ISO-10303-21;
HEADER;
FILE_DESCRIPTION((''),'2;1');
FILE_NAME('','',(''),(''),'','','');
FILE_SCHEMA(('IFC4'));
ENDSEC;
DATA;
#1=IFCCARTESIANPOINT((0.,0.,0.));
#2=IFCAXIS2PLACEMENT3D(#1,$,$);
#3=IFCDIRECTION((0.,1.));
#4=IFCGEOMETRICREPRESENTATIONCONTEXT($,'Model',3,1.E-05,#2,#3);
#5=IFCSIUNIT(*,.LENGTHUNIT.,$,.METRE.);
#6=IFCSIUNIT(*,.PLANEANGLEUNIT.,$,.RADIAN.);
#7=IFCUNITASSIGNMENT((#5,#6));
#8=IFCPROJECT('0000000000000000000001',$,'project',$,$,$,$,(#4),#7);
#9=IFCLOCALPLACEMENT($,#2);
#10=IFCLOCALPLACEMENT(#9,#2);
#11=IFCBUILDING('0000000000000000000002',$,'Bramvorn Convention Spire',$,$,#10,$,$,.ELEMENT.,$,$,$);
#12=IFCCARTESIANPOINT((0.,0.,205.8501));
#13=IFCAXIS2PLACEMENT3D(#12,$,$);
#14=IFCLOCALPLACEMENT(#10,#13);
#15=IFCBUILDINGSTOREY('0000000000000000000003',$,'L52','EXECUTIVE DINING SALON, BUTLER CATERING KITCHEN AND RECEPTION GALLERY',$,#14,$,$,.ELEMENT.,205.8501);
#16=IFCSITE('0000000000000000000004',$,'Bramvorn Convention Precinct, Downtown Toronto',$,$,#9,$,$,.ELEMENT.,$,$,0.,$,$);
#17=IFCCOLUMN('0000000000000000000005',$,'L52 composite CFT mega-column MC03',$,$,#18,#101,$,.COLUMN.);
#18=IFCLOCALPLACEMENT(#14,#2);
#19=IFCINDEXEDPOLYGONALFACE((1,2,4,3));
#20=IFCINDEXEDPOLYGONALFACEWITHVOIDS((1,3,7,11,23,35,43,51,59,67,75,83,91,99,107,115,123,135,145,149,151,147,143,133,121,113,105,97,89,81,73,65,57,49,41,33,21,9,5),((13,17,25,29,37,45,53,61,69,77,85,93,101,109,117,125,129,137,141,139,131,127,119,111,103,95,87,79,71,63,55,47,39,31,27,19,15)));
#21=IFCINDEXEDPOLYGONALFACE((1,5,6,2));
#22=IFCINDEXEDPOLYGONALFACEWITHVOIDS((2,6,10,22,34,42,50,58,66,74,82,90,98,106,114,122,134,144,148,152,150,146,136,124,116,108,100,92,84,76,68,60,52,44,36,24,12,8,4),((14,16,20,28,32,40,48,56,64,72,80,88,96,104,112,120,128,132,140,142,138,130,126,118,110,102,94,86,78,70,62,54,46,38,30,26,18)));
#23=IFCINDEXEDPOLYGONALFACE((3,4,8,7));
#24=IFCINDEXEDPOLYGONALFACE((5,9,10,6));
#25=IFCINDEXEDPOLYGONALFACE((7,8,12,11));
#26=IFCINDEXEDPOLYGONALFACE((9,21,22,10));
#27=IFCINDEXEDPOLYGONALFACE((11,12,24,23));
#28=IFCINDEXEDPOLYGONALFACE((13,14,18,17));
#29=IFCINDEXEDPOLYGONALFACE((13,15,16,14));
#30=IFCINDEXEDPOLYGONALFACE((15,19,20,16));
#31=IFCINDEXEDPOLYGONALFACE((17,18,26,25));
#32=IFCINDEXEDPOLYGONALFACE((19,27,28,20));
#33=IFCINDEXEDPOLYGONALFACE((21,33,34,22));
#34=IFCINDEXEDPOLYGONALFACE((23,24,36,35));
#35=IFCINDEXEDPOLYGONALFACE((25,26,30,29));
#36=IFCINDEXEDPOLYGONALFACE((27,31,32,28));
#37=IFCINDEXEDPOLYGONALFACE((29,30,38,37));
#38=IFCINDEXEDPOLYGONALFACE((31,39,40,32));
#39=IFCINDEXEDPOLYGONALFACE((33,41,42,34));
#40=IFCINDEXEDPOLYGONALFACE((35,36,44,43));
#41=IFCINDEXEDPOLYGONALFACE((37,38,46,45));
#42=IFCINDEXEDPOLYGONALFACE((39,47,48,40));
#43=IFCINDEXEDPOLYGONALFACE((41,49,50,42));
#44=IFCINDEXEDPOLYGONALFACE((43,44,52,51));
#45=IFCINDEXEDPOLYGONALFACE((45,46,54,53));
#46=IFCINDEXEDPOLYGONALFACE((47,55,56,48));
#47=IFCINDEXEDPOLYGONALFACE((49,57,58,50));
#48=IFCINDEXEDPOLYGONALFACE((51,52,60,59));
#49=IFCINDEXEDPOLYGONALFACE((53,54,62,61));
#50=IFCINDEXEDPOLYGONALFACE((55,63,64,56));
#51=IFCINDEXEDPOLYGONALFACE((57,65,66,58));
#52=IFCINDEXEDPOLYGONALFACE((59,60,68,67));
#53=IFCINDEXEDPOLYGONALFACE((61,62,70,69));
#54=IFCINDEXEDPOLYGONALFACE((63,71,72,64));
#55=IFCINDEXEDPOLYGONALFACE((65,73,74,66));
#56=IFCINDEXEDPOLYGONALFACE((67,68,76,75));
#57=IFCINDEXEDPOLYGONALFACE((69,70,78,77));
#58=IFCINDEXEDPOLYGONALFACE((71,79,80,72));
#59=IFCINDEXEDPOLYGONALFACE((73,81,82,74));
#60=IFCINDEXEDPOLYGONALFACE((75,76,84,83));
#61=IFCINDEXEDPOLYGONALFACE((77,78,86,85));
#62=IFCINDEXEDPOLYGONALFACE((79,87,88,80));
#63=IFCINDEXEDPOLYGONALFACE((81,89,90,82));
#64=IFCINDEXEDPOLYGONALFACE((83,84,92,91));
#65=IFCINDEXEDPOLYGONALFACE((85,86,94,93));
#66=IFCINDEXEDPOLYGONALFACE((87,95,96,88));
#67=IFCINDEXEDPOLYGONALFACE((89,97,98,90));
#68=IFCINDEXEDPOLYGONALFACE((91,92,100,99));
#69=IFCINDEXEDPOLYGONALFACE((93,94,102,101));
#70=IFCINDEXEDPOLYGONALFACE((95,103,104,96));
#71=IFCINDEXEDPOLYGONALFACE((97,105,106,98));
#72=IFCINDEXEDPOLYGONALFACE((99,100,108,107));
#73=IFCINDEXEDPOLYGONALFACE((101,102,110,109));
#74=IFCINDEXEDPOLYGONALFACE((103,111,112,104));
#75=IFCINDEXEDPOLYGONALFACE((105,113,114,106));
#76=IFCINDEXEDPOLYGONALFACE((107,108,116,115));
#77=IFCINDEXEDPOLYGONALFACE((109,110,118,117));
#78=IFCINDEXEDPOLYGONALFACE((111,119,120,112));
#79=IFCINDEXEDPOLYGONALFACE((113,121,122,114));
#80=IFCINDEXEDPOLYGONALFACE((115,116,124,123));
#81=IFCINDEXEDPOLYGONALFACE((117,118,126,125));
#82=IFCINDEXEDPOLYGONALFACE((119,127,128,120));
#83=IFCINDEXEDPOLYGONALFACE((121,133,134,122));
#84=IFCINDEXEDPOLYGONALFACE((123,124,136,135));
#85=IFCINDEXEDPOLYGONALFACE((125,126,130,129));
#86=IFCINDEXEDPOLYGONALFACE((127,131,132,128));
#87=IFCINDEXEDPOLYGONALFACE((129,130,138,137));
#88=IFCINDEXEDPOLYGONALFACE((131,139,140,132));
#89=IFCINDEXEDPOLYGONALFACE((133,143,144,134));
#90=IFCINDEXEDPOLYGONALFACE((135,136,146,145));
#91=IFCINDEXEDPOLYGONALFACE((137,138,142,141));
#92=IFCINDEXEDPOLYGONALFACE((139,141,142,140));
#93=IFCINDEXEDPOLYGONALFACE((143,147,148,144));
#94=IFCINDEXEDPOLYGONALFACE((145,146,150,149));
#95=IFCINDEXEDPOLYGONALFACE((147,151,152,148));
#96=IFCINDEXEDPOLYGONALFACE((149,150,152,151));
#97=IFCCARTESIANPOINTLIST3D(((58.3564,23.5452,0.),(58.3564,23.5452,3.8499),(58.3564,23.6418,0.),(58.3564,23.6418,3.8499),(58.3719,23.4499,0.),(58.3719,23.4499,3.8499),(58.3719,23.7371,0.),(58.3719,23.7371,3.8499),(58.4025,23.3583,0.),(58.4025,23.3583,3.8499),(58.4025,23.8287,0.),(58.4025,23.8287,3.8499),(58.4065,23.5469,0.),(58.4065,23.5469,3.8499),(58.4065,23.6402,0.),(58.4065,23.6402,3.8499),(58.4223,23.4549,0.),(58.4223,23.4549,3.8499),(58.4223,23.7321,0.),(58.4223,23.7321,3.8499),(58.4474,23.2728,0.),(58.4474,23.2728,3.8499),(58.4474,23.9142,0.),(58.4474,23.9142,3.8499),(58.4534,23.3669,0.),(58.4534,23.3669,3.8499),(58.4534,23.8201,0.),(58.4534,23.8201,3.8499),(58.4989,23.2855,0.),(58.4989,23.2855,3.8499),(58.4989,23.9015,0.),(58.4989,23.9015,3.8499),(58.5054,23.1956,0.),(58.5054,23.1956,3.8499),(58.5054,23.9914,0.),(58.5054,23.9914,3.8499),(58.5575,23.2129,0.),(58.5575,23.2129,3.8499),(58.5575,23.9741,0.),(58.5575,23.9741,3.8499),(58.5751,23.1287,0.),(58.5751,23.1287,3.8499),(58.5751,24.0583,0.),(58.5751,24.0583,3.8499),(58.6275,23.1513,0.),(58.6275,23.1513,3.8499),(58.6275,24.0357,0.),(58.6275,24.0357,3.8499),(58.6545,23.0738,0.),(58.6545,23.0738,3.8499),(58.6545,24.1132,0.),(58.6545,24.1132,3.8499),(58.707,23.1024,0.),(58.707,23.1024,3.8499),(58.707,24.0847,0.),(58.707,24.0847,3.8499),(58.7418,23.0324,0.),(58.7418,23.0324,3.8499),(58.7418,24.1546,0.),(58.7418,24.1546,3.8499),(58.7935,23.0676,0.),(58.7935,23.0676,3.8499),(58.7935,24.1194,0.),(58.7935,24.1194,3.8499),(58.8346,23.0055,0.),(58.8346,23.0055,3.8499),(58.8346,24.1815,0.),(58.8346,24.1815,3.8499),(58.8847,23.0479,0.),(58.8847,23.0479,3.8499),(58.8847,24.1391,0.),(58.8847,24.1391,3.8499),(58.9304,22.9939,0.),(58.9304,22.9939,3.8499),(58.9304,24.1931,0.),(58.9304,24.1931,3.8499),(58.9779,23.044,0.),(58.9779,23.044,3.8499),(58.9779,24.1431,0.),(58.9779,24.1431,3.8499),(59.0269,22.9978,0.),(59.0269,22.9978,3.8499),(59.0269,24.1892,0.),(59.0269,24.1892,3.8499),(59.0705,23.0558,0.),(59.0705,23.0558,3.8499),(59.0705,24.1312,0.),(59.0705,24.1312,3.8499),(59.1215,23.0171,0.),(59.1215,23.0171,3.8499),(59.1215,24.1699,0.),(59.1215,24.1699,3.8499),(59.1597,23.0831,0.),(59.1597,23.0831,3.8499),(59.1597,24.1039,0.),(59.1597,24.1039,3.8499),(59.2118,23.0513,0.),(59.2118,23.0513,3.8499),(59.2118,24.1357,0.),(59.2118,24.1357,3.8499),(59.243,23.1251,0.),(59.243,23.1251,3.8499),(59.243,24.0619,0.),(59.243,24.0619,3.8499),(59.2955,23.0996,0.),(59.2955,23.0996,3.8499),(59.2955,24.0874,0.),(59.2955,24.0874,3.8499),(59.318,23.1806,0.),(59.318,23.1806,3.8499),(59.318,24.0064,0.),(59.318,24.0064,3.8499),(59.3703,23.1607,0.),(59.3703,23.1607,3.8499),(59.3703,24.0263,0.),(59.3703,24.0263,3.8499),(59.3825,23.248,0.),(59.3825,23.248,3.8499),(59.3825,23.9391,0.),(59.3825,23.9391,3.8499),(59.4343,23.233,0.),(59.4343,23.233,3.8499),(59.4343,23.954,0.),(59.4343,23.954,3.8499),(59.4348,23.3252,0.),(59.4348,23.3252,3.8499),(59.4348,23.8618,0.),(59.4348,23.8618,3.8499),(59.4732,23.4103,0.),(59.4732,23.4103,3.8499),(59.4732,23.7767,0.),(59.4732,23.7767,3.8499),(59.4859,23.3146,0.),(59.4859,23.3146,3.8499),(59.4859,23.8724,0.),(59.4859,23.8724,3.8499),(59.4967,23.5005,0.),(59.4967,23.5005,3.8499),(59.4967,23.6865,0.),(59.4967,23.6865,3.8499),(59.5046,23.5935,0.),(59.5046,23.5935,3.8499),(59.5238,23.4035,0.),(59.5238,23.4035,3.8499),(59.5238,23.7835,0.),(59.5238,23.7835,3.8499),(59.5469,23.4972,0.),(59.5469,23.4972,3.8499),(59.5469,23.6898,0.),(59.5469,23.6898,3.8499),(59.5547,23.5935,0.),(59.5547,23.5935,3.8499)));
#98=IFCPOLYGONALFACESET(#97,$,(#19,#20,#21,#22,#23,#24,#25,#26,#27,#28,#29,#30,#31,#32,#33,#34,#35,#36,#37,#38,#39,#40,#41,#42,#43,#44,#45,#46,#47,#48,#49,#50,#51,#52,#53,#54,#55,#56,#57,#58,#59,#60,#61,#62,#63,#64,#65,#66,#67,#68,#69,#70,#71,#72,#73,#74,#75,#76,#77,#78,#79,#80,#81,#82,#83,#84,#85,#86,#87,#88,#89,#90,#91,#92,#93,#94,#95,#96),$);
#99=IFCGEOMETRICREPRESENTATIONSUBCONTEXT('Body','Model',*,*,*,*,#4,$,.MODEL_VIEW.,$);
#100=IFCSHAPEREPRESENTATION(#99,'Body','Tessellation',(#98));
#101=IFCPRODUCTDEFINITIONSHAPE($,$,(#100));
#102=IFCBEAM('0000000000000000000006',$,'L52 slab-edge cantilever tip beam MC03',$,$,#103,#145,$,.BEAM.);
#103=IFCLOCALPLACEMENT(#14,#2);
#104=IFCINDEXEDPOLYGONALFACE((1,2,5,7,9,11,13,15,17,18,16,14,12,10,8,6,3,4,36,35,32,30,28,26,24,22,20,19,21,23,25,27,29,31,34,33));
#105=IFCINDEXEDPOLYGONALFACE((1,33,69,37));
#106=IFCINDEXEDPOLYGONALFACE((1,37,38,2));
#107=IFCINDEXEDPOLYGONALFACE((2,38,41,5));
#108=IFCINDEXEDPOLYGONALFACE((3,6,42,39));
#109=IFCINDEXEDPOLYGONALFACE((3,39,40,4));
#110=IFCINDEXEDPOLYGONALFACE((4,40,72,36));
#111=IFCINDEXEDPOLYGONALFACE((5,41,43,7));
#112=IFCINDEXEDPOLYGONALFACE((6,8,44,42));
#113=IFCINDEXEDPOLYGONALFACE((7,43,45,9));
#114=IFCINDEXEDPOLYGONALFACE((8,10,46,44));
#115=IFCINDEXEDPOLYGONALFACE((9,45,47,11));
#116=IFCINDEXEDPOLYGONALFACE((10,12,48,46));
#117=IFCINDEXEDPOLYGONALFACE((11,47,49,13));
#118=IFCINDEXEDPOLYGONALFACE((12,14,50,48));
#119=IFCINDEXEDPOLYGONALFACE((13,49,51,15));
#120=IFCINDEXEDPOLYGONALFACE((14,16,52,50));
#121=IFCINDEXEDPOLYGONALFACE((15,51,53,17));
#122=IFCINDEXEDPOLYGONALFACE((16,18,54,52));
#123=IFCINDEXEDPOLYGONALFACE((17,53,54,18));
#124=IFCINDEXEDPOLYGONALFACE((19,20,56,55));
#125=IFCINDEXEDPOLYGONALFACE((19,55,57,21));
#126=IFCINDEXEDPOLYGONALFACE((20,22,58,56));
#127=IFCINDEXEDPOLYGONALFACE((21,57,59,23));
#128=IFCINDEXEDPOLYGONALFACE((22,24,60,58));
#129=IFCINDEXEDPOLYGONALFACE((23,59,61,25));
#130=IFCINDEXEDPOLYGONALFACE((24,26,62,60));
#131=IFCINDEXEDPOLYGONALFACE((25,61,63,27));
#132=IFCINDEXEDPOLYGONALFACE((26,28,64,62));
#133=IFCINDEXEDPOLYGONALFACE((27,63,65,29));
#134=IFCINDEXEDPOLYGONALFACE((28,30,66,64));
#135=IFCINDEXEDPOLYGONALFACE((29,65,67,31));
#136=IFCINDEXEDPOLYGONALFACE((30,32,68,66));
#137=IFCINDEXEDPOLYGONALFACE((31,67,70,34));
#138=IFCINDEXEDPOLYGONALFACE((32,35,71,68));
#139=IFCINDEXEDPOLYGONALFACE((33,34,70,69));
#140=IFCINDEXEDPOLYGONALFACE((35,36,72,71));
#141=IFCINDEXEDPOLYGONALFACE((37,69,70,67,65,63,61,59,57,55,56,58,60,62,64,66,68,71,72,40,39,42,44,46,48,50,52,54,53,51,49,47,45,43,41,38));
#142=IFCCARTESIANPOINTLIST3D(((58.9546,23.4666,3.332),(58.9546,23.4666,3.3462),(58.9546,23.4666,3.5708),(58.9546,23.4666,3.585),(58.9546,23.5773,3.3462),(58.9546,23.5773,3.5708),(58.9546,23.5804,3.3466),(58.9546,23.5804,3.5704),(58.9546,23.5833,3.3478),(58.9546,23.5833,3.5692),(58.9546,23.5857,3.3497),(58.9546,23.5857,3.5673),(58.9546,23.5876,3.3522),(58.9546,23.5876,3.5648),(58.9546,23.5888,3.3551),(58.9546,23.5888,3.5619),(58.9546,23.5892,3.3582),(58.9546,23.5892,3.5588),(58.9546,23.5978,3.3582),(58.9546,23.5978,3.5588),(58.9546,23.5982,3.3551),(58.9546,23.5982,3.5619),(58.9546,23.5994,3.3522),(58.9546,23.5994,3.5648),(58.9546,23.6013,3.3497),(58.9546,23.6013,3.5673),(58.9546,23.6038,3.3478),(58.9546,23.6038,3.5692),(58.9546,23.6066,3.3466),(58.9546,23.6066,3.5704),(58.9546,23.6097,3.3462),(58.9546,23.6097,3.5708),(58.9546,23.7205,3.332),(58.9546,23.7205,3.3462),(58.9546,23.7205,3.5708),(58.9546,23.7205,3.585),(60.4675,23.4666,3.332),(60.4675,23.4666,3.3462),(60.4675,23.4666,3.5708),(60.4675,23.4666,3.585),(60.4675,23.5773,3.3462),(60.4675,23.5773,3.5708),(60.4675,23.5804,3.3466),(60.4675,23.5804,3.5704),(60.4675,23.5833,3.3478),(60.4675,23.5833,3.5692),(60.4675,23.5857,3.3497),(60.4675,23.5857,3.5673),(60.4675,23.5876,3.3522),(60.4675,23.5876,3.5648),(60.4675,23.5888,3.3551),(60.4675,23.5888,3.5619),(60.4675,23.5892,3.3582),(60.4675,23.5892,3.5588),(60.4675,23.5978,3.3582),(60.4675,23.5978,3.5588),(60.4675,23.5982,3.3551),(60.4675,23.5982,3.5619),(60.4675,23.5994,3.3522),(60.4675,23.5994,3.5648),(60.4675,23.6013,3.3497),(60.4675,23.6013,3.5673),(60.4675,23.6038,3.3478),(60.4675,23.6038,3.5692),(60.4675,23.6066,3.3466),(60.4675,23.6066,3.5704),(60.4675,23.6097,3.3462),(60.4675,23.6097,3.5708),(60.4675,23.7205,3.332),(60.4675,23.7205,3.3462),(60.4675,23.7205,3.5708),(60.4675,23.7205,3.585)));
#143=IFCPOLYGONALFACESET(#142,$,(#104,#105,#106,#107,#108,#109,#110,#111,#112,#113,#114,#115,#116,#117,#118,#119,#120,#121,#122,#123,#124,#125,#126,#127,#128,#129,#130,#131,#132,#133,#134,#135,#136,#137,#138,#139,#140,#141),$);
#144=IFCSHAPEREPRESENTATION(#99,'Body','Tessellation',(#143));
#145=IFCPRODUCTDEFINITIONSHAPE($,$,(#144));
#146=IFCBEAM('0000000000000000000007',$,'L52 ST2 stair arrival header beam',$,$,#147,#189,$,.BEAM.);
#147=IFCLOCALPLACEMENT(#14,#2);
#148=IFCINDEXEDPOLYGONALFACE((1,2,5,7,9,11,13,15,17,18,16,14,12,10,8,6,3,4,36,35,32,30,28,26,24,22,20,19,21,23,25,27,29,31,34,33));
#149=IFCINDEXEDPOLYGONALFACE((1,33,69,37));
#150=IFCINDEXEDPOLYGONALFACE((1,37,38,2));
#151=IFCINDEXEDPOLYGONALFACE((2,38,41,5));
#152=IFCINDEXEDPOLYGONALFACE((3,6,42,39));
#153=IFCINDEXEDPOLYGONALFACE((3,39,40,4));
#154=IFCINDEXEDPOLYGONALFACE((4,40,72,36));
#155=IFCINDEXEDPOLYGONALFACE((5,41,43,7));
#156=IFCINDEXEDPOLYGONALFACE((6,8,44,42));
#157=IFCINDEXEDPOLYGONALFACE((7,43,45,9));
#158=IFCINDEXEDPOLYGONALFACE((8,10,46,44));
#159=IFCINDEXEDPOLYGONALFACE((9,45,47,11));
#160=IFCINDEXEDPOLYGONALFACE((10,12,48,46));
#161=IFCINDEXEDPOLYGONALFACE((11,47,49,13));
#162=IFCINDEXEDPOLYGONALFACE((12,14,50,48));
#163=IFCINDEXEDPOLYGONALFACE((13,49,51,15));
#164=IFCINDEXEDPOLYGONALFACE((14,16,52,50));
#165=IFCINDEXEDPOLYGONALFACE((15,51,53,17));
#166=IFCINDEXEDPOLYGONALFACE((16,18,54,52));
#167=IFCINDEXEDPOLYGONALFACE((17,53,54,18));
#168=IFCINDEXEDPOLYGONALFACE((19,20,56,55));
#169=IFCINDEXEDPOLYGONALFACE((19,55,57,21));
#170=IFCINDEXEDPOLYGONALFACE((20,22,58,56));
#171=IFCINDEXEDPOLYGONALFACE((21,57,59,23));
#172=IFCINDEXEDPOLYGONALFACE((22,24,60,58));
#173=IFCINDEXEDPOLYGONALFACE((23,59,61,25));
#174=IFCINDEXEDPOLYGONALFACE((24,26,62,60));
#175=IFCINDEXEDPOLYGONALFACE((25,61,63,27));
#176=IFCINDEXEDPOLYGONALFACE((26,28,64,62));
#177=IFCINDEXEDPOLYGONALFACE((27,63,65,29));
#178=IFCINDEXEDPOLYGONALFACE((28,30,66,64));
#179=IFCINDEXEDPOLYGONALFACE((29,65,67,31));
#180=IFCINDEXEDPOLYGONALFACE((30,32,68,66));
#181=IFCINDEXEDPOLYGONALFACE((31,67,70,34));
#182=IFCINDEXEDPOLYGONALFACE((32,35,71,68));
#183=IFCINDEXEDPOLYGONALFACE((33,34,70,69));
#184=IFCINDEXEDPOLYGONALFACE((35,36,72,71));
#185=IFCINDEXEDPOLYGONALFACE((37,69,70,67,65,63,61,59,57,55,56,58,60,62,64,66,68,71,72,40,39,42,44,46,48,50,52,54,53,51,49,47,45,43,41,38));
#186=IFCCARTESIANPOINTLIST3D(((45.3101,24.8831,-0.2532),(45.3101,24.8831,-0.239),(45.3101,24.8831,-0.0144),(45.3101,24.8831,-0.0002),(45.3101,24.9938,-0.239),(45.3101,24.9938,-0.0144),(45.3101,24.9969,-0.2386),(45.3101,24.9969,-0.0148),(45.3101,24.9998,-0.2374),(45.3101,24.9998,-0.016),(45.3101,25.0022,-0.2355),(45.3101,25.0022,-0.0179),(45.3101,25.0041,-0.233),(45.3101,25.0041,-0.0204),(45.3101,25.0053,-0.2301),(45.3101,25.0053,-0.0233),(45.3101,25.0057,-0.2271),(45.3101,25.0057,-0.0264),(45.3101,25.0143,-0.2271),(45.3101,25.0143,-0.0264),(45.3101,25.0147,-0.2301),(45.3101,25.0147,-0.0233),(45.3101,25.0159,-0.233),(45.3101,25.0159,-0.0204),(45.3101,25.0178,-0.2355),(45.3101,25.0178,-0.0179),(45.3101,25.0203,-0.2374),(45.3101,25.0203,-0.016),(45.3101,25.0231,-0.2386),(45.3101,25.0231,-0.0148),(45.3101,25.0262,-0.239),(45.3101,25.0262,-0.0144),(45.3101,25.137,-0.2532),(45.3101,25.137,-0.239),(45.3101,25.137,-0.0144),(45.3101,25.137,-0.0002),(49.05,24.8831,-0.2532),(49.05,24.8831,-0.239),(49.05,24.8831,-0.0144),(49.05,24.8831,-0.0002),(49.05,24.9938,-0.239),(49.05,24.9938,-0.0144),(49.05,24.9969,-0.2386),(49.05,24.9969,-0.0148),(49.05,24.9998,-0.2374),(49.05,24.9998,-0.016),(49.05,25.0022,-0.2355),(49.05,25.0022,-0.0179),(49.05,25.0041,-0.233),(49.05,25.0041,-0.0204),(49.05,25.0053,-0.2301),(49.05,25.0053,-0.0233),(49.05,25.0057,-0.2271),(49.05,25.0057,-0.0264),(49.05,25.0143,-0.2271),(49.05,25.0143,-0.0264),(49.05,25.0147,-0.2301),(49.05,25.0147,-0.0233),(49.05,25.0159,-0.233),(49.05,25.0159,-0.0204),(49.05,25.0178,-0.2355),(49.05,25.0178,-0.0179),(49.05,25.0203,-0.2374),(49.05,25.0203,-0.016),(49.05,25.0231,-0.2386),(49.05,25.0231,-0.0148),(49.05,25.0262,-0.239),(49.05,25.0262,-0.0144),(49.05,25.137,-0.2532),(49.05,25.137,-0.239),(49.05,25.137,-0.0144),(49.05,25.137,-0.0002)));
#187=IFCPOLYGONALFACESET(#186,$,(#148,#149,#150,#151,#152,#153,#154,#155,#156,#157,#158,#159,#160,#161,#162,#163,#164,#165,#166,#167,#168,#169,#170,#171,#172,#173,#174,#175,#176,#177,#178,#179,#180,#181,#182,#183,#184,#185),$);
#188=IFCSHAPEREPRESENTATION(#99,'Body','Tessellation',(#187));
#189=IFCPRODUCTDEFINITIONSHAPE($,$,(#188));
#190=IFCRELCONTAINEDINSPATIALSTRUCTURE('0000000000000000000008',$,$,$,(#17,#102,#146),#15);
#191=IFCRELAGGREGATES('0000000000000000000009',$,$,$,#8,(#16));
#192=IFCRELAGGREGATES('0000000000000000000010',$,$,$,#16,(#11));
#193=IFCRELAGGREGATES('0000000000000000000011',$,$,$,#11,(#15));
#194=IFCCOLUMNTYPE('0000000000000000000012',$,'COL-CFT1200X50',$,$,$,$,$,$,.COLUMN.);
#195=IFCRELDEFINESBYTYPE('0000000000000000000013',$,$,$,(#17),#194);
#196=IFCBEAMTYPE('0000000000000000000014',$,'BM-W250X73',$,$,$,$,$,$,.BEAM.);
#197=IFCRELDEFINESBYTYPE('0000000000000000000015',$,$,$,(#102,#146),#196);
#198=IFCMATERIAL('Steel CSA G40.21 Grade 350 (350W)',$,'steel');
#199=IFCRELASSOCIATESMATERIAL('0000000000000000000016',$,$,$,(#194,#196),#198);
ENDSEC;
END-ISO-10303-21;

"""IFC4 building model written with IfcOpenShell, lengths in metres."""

from ifc_helpers import new_model, si_unit, direction, frame, origin, origin_2d, place, context, subcontext, project, spatial, hollow_circle, i_section, extrude, material, material_profile, profile_set, type_object, element, save


model = new_model("IFC4")

# Units and contexts
model_context = context("Model", 3, precision=1e-05, world=origin(), true_north=direction((0.0, 1.0)))
body_context = subcontext(model_context, "Body", "Model", "MODEL_VIEW")
ifc_project = project(units=[si_unit("LENGTHUNIT", "METRE"), si_unit("PLANEANGLEUNIT", "RADIAN")], contexts=[model_context])

# Site, building, storey
site_placement = place(None, origin())
site = spatial("IfcSite", under=ifc_project, at=site_placement, Name="Bramvorn Convention Precinct, Downtown Toronto", CompositionType="ELEMENT", RefElevation=0.0)
building_placement = place(site_placement, origin())
building = spatial("IfcBuilding", under=site, at=building_placement, Name="Bramvorn Convention Spire", CompositionType="ELEMENT")
storey_placement = place(building_placement, frame((0.0, 0.0, 205.8501)))
storey = spatial("IfcBuildingStorey", under=building, at=storey_placement, Name="L52", Description="EXECUTIVE DINING SALON, BUTLER CATERING KITCHEN AND RECEPTION GALLERY", CompositionType="ELEMENT", Elevation=205.8501)

# Column
ifc_material_1 = material(Name="Steel CSA G40.21 Grade 350 (350W)", Category="steel")
ifc_material_profile_1 = material_profile(ifc_material_1, hollow_circle(Radius=0.6001, WallThickness=0.05, at=origin_2d()))
ifc_profile_set_1 = profile_set([ifc_material_profile_1], Name="Steel CSA G40.21 Grade 350 (350W) - CFT1200X50")
column_type = type_object("IfcColumnType", Name="COL-CFT1200X50", PredefinedType="COLUMN", material=ifc_profile_set_1)
column_placement = place(storey_placement, frame((58.9546, 23.5935, 0.0), z_axis=(0.0, 0.0, 1.0), x_axis=(1.0, 0.0, 0.0)))
element("IfcColumn", 1, at=column_placement, inside=storey, type_object=column_type, Name="L52 composite CFT mega-column MC03", PredefinedType="COLUMN", context=body_context, shape_type="SweptSolid", body=[
    extrude(hollow_circle(Radius=0.6001, WallThickness=0.05, at=origin_2d()), origin(), (0.0, 0.0, 1.0), 3.8499),
])

# Beams
ifc_material_profile_2 = material_profile(ifc_material_1, i_section(OverallWidth=0.2539, OverallDepth=0.2529, WebThickness=0.0085, FlangeThickness=0.0142, FilletRadius=0.012, at=origin_2d()))
ifc_profile_set_2 = profile_set([ifc_material_profile_2], Name="Steel CSA G40.21 Grade 350 (350W) - W250X73")
beam_type_1 = type_object("IfcBeamType", Name="BM-W250X73", PredefinedType="BEAM", material=ifc_profile_set_2)
beam_1_placement = place(storey_placement, frame((58.9546, 23.5935, 3.4585), z_axis=(1.0, 0.0, 0.0), x_axis=(0.0, 1.0, 0.0)))
element("IfcBeam", 2, at=beam_1_placement, inside=storey, type_object=beam_type_1, Name="L52 slab-edge cantilever tip beam MC03", PredefinedType="BEAM", context=body_context, shape_type="SweptSolid", body=[
    extrude(i_section(OverallWidth=0.2539, OverallDepth=0.2529, WebThickness=0.0085, FlangeThickness=0.0142, FilletRadius=0.012, at=origin_2d()), origin(), (0.0, 0.0, 1.0), 1.5129),
])
beam_2_placement = place(storey_placement, frame((45.3101, 25.01, -0.1267), z_axis=(1.0, 0.0, 0.0), x_axis=(0.0, 1.0, 0.0)))
element("IfcBeam", 3, at=beam_2_placement, inside=storey, type_object=beam_type_1, Name="L52 ST2 stair arrival header beam", PredefinedType="BEAM", context=body_context, shape_type="SweptSolid", body=[
    extrude(i_section(OverallWidth=0.2539, OverallDepth=0.2529, WebThickness=0.0085, FlangeThickness=0.0142, FilletRadius=0.012, at=origin_2d()), origin(), (0.0, 0.0, 1.0), 3.74),
])

save(model, "model.ifc")
